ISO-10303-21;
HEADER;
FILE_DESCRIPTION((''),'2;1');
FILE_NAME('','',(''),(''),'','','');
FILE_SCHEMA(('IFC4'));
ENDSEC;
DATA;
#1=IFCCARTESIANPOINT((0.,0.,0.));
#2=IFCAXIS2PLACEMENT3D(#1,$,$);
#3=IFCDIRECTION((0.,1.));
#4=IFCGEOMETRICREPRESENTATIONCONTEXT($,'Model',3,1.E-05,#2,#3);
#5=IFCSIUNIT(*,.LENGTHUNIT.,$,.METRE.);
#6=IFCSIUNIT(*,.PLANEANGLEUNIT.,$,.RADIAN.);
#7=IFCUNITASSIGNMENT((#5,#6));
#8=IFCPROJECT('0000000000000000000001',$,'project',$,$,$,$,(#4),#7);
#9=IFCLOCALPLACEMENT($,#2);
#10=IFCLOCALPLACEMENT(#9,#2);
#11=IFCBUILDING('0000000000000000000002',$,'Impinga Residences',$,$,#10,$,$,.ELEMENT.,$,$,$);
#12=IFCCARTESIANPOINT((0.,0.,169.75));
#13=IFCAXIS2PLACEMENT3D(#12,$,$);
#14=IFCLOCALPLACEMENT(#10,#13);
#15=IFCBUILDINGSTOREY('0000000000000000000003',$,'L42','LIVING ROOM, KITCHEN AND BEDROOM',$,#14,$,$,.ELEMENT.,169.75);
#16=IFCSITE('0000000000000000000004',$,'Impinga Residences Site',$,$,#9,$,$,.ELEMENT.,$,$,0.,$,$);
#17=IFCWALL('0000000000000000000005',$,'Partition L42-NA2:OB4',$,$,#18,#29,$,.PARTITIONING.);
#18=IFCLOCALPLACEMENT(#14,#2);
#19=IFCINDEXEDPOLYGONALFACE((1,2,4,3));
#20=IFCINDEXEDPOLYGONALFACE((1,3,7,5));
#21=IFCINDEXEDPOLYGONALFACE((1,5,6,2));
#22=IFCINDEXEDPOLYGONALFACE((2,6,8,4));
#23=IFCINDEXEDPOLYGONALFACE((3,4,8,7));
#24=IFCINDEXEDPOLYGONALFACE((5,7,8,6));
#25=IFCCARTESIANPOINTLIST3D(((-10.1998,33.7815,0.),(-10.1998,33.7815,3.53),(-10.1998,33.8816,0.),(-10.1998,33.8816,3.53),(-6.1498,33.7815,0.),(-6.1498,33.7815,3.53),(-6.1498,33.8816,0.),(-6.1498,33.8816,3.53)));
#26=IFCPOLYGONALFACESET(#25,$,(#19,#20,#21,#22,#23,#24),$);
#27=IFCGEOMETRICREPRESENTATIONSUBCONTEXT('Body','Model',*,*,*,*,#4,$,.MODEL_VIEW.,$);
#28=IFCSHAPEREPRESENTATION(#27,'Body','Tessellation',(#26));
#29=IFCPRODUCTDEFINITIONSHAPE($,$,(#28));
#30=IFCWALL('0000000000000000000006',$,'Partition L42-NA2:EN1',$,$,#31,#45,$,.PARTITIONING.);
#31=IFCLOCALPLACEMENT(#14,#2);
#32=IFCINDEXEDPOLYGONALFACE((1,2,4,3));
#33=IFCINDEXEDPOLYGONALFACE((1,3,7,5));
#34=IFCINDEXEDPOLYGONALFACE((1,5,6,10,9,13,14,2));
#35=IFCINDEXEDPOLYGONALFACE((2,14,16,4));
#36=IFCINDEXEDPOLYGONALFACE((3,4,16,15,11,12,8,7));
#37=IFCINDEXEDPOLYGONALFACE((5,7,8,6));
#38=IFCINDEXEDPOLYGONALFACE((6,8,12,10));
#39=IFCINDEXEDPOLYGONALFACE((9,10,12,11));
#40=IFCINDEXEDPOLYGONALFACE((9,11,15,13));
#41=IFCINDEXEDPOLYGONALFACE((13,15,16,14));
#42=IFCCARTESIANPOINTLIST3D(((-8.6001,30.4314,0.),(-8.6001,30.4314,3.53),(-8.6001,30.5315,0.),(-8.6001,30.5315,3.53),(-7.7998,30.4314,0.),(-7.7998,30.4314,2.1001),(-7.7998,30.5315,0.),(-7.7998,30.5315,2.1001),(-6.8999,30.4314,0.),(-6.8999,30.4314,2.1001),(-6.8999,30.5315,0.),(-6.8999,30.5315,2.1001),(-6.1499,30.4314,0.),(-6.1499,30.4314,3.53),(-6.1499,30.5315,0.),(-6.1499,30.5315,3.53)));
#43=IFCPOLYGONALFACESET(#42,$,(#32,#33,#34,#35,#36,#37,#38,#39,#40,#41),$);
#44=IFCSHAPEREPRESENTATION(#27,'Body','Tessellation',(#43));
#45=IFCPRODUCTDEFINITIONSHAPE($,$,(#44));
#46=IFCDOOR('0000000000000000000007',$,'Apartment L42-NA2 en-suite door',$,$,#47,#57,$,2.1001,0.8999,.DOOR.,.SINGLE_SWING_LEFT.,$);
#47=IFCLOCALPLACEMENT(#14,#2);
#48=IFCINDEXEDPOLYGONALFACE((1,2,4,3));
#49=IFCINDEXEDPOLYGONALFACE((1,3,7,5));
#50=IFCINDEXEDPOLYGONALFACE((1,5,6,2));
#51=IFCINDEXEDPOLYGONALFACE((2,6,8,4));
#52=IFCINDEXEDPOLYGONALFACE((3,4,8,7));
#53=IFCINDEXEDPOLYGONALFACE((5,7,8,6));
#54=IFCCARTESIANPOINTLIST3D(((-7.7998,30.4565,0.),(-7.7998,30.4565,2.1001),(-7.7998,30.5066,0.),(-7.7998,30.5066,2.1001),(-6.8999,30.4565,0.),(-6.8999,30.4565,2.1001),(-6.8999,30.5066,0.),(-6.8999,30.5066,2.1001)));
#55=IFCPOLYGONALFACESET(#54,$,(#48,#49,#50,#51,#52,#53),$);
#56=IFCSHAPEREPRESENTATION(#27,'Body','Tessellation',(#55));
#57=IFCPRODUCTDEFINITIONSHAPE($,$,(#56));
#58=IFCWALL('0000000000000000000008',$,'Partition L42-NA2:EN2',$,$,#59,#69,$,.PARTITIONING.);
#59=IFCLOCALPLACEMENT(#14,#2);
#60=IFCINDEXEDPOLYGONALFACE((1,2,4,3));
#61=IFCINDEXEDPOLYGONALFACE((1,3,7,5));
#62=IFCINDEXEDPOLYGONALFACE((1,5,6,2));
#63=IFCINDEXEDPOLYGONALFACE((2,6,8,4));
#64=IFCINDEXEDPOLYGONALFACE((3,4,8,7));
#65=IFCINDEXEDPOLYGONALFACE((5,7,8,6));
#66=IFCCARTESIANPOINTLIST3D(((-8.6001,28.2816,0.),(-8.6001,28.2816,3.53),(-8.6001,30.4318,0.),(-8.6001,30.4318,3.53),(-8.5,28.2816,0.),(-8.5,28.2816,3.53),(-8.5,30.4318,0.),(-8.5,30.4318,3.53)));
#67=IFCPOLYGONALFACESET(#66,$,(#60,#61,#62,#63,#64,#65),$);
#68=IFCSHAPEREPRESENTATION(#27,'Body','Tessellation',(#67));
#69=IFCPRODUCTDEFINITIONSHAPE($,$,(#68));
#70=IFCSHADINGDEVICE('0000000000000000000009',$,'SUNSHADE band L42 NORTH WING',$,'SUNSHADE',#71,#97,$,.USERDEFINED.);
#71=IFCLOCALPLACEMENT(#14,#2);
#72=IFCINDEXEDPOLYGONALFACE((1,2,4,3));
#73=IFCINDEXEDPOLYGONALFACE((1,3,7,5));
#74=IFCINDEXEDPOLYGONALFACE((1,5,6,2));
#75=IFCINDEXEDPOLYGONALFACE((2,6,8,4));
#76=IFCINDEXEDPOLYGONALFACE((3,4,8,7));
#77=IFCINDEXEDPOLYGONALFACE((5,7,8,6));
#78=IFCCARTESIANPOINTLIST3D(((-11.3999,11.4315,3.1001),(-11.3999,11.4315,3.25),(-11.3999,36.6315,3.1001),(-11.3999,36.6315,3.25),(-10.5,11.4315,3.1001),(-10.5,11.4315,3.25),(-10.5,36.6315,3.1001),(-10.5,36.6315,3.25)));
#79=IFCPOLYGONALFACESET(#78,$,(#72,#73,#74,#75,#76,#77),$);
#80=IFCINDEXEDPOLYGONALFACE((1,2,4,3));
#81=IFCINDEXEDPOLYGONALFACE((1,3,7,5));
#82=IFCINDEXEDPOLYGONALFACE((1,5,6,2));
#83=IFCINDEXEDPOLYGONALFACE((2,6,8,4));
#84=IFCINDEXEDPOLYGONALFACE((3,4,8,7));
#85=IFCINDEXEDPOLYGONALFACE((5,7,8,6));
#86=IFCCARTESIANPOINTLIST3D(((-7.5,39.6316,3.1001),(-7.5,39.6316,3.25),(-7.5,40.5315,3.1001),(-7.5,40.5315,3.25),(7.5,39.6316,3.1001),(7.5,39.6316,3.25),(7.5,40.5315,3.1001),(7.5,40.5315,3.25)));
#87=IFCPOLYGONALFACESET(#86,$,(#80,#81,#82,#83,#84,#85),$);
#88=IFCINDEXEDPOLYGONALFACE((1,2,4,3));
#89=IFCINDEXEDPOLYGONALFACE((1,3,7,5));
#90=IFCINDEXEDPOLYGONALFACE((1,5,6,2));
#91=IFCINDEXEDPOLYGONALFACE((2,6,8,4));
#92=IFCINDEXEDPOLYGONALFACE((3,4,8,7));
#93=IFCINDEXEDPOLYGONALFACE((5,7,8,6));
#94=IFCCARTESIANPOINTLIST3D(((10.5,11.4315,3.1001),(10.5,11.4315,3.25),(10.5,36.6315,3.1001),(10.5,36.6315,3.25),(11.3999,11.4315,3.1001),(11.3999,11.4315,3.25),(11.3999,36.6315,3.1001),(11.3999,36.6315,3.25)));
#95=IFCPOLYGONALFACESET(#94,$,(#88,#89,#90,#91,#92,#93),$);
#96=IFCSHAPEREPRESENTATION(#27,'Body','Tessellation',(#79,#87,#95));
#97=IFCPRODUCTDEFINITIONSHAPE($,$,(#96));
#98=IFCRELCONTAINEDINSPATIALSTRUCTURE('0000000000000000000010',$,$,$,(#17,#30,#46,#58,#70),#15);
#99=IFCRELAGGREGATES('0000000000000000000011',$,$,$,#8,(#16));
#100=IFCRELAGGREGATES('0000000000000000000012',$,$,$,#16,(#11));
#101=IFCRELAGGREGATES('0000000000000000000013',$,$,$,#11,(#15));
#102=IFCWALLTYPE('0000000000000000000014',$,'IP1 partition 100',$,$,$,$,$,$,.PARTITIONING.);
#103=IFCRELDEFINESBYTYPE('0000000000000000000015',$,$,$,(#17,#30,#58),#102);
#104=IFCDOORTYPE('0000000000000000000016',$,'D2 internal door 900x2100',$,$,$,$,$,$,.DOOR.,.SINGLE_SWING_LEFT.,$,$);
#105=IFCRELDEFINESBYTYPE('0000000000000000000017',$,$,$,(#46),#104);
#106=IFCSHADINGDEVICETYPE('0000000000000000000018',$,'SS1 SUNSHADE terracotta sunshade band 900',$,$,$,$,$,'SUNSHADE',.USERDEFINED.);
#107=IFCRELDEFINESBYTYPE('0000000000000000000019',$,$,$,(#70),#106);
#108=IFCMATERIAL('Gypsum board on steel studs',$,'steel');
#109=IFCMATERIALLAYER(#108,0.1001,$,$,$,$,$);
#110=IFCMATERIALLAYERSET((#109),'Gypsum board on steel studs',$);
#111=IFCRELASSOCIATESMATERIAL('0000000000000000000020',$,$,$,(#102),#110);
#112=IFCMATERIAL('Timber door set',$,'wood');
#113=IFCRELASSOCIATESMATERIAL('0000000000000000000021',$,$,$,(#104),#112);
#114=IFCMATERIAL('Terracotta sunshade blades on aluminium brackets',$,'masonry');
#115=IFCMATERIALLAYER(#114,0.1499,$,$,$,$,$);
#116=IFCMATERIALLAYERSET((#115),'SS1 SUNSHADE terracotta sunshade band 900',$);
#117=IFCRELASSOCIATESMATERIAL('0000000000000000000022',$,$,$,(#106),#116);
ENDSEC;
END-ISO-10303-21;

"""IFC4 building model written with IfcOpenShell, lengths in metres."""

from ifc_helpers import new_model, si_unit, direction, frame, frame_2d, origin, origin_2d, place, context, subcontext, project, spatial, rectangle, extrude, material, layer, layer_set, type_object, element, fill, save


model = new_model("IFC4")

# Units and contexts
model_context = context("Model", 3, precision=1e-05, world=origin(), true_north=direction((0.0, 1.0)))
body_context = subcontext(model_context, "Body", "Model", "MODEL_VIEW")
ifc_project = project(units=[si_unit("LENGTHUNIT", "METRE"), si_unit("PLANEANGLEUNIT", "RADIAN")], contexts=[model_context])

# Site, building, storey
site_placement = place(None, origin())
site = spatial("IfcSite", under=ifc_project, at=site_placement, Name="Impinga Residences Site", CompositionType="ELEMENT", RefElevation=0.0)
building_placement = place(site_placement, origin())
building = spatial("IfcBuilding", under=site, at=building_placement, Name="Impinga Residences", CompositionType="ELEMENT")
storey_placement = place(building_placement, frame((0.0, 0.0, 169.75)))
storey = spatial("IfcBuildingStorey", under=building, at=storey_placement, Name="L42", Description="LIVING ROOM, KITCHEN AND BEDROOM", CompositionType="ELEMENT", Elevation=169.75)

# Wall
ifc_material_1 = material(Name="Gypsum board on steel studs", Category="steel")
ifc_layer_1 = layer(ifc_material_1, 0.1001)
ifc_layer_set_1 = layer_set([ifc_layer_1], Name="Gypsum board on steel studs")
wall_type_1 = type_object("IfcWallType", Name="IP1 partition 100", PredefinedType="PARTITIONING", material=ifc_layer_set_1)
wall_1_placement = place(storey_placement, frame((-6.1499, 33.8315, 0.0), z_axis=(0.0, 0.0, 1.0), x_axis=(-1.0, 0.0, 0.0)))
element("IfcWall", 1, at=wall_1_placement, inside=storey, type_object=wall_type_1, Name="Partition L42-NA2:OB4", PredefinedType="PARTITIONING", context=body_context, shape_type="SweptSolid", body=[
    extrude(rectangle(XDim=4.05, YDim=0.1001, at=frame_2d((2.0249, 0.0))), origin(), (0.0, 0.0, 1.0), 3.53),
])

# Wall, opening, door
wall_2_placement = place(storey_placement, frame((-6.1499, 30.4814, 0.0), z_axis=(0.0, 0.0, 1.0), x_axis=(-1.0, 0.0, 0.0)))
wall_2 = element("IfcWall", 2, at=wall_2_placement, inside=storey, type_object=wall_type_1, Name="Partition L42-NA2:EN1", PredefinedType="PARTITIONING", context=body_context, shape_type="SweptSolid", body=[
    extrude(rectangle(XDim=2.4502, YDim=0.1001, at=frame_2d((1.2251, 0.0))), origin(), (0.0, 0.0, 1.0), 3.53),
])
opening_1_placement = place(wall_2_placement, frame((0.75, 0.0, 0.0)))
opening_1 = element("IfcOpeningElement", 3, at=opening_1_placement, cuts=wall_2, PredefinedType="OPENING", context=body_context, shape_type="SweptSolid", body=[
    extrude(rectangle(XDim=0.8999, YDim=2.1001, at=frame_2d((0.45, 1.05))), frame((0.0, 0.0601, 0.0), z_axis=(0.0, -1.0, 0.0), x_axis=(1.0, 0.0, 0.0)), (0.0, 0.0, 1.0), 0.1201),
])
ifc_material_2 = material(Name="Timber door set", Category="wood")
door_type = type_object("IfcDoorType", Name="D2 internal door 900x2100", OperationType="SINGLE_SWING_LEFT", PredefinedType="DOOR", material=ifc_material_2)
door_placement = place(opening_1_placement, origin())
door = element("IfcDoor", 4, at=door_placement, inside=storey, type_object=door_type, Name="Apartment L42-NA2 en-suite door", OperationType="SINGLE_SWING_LEFT", OverallHeight=2.1001, OverallWidth=0.8999, PredefinedType="DOOR", context=body_context, shape_type="SweptSolid", body=[
    extrude(rectangle(XDim=0.8999, YDim=2.1001, at=frame_2d((0.45, 1.05))), frame((0.0, 0.0249, 0.0), z_axis=(0.0, -1.0, 0.0), x_axis=(1.0, 0.0, 0.0)), (0.0, 0.0, 1.0), 0.05),
])
fill(opening_1, door)

# Wall
wall_3_placement = place(storey_placement, frame((-8.55, 28.2815, 0.0), z_axis=(0.0, 0.0, 1.0), x_axis=(0.0, 1.0, 0.0)))
element("IfcWall", 5, at=wall_3_placement, inside=storey, type_object=wall_type_1, Name="Partition L42-NA2:EN2", PredefinedType="PARTITIONING", context=body_context, shape_type="SweptSolid", body=[
    extrude(rectangle(XDim=2.1501, YDim=0.1001, at=frame_2d((1.0752, 0.0))), origin(), (0.0, 0.0, 1.0), 3.53),
])

# Shading device
ifc_material_3 = material(Name="Terracotta sunshade blades on aluminium brackets", Category="masonry")
ifc_layer_2 = layer(ifc_material_3, 0.1499)
ifc_layer_set_2 = layer_set([ifc_layer_2], Name="SS1 SUNSHADE terracotta sunshade band 900")
shading_device_type = type_object("IfcShadingDeviceType", Name="SS1 SUNSHADE terracotta sunshade band 900", ElementType="SUNSHADE", PredefinedType="USERDEFINED", material=ifc_layer_set_2)
shading_device_placement = place(storey_placement, frame((-10.95, 24.0315, 3.1001), z_axis=(0.0, 0.0, 1.0), x_axis=(0.0, 1.0, 0.0)))
element("IfcShadingDevice", 6, at=shading_device_placement, inside=storey, type_object=shading_device_type, Name="SUNSHADE band L42 NORTH WING", ObjectType="SUNSHADE", PredefinedType="USERDEFINED", context=body_context, shape_type="SweptSolid", body=[
    extrude(rectangle(XDim=25.2, YDim=0.8999, at=origin_2d()), origin(), (0.0, 0.0, 1.0), 0.1499),
    extrude(rectangle(XDim=15.0, YDim=0.8999, at=origin_2d()), frame((16.05, -10.95, 0.0), z_axis=(0.0, 0.0, 1.0), x_axis=(0.0, -1.0, 0.0)), (0.0, 0.0, 1.0), 0.1499),
    extrude(rectangle(XDim=25.2, YDim=0.8999, at=origin_2d()), frame((0.0, -21.8999, 0.0), z_axis=(0.0, 0.0, 1.0), x_axis=(-1.0, 0.0, 0.0)), (0.0, 0.0, 1.0), 0.1499),
])

save(model, "model.ifc")
